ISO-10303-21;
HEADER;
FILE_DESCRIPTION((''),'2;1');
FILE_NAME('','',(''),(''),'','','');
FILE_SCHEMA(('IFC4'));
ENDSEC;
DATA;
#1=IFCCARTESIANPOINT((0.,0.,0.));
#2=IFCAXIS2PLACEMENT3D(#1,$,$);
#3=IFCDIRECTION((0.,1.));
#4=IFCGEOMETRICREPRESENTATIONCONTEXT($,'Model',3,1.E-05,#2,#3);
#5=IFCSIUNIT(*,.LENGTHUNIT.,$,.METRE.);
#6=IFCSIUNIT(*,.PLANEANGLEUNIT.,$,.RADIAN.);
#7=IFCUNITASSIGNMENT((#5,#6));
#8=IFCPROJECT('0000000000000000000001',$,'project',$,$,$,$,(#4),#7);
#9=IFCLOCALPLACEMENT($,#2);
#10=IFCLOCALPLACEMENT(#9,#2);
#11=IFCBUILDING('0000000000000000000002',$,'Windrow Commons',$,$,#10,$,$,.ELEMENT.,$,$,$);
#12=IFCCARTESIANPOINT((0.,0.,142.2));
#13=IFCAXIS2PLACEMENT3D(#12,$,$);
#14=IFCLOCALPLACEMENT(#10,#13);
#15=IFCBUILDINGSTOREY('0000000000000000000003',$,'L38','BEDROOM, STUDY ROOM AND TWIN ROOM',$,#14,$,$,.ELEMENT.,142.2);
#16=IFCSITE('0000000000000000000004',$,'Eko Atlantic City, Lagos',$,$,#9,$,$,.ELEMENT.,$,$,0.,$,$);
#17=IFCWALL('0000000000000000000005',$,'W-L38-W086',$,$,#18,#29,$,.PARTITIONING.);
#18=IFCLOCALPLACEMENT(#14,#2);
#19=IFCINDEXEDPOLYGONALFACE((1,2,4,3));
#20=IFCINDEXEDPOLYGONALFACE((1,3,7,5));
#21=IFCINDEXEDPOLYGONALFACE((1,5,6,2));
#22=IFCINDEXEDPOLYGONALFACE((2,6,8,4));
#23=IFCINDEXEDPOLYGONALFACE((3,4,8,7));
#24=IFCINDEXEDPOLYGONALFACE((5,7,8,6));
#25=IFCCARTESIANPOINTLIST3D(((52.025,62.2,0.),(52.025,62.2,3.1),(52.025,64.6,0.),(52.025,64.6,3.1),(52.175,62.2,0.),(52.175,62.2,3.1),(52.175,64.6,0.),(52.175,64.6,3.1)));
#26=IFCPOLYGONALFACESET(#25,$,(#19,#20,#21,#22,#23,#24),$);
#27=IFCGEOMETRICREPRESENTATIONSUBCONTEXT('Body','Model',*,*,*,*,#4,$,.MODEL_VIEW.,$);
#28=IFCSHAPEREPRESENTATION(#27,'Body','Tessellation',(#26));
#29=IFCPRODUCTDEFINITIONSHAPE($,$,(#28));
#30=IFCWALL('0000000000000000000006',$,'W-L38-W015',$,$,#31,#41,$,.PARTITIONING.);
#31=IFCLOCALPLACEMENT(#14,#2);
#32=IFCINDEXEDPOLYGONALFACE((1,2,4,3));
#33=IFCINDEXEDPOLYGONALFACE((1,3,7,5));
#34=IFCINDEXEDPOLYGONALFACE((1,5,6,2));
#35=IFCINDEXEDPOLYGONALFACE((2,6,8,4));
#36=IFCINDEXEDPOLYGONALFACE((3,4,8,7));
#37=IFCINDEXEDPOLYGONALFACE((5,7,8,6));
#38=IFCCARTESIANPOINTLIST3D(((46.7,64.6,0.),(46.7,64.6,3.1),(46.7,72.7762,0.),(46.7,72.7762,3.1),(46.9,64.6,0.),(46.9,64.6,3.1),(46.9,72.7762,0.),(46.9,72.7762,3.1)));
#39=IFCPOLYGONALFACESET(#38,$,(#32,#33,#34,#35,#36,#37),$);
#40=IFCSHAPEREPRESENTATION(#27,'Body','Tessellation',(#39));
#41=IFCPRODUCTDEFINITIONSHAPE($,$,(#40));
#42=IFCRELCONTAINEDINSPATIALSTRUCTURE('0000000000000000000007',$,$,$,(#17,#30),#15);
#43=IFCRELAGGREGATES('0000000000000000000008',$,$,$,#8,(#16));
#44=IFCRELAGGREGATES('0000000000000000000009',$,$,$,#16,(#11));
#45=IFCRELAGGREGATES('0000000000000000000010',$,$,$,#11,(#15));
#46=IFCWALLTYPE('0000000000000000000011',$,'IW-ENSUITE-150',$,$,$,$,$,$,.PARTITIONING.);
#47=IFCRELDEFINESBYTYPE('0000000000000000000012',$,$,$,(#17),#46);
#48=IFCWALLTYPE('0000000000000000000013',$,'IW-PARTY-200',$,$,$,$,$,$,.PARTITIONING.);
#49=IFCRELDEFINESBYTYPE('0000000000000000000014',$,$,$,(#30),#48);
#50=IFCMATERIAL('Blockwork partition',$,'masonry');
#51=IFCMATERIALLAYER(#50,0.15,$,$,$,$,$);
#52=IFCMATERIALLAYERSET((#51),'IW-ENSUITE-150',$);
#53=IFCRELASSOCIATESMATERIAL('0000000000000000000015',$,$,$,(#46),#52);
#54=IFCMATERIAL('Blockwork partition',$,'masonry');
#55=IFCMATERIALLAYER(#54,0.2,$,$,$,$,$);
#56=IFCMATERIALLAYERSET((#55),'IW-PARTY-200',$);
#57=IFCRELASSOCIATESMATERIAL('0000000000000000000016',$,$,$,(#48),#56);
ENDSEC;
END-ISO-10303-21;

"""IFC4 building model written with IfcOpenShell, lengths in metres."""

from ifc_helpers import new_model, si_unit, direction, frame, frame_2d, origin, place, context, subcontext, project, spatial, rectangle, extrude, material, layer, layer_set, type_object, element, save


model = new_model("IFC4")

# Units and contexts
model_context = context("Model", 3, precision=1e-05, world=origin(), true_north=direction((0.0, 1.0)))
body_context = subcontext(model_context, "Body", "Model", "MODEL_VIEW")
ifc_project = project(units=[si_unit("LENGTHUNIT", "METRE"), si_unit("PLANEANGLEUNIT", "RADIAN")], contexts=[model_context])

# Site, building, storey
site_placement = place(None, origin())
site = spatial("IfcSite", under=ifc_project, at=site_placement, Name="Eko Atlantic City, Lagos", CompositionType="ELEMENT", RefElevation=0.0)
building_placement = place(site_placement, origin())
building = spatial("IfcBuilding", under=site, at=building_placement, Name="Windrow Commons", CompositionType="ELEMENT")
storey_placement = place(building_placement, frame((0.0, 0.0, 142.2)))
storey = spatial("IfcBuildingStorey", under=building, at=storey_placement, Name="L38", Description="BEDROOM, STUDY ROOM AND TWIN ROOM", CompositionType="ELEMENT", Elevation=142.2)

# Shared definitions
ifc_material_1 = material(Name="Blockwork partition", Category="masonry")
ifc_layer_1 = layer(ifc_material_1, 0.15)
ifc_layer_set_1 = layer_set([ifc_layer_1], Name="IW-ENSUITE-150")
wall_type_1 = type_object("IfcWallType", Name="IW-ENSUITE-150", PredefinedType="PARTITIONING", material=ifc_layer_set_1)

# Walls
for number, where, z_axis, x_axis, name in (
    (1, (52.1, 62.2, 0.0), (0.0, 0.0, 1.0), (0.0, 1.0, 0.0), "W-L38-W086"),
):
    element("IfcWall", number, at=place(storey_placement, frame(where, z_axis=z_axis, x_axis=x_axis)), inside=storey, type_object=wall_type_1, Name=name, PredefinedType="PARTITIONING", context=body_context, shape_type="SweptSolid", body=[
        extrude(rectangle(XDim=2.4, YDim=0.15, at=frame_2d((1.2, 0.0))), origin(), (0.0, 0.0, 1.0), 3.1),
    ])
ifc_material_2 = material(Name="Blockwork partition", Category="masonry")
ifc_layer_2 = layer(ifc_material_2, 0.2)
ifc_layer_set_2 = layer_set([ifc_layer_2], Name="IW-PARTY-200")
wall_type_2 = type_object("IfcWallType", Name="IW-PARTY-200", PredefinedType="PARTITIONING", material=ifc_layer_set_2)
wall_1_placement = place(storey_placement, frame((46.8, 64.6, 0.0), z_axis=(0.0, 0.0, 1.0), x_axis=(0.0, 1.0, 0.0)))
element("IfcWall", 2, at=wall_1_placement, inside=storey, type_object=wall_type_2, Name="W-L38-W015", PredefinedType="PARTITIONING", context=body_context, shape_type="SweptSolid", body=[
    extrude(rectangle(XDim=8.1762, YDim=0.2, at=frame_2d((4.0881, 0.0))), origin(), (0.0, 0.0, 1.0), 3.1),
])

save(model, "model.ifc")
